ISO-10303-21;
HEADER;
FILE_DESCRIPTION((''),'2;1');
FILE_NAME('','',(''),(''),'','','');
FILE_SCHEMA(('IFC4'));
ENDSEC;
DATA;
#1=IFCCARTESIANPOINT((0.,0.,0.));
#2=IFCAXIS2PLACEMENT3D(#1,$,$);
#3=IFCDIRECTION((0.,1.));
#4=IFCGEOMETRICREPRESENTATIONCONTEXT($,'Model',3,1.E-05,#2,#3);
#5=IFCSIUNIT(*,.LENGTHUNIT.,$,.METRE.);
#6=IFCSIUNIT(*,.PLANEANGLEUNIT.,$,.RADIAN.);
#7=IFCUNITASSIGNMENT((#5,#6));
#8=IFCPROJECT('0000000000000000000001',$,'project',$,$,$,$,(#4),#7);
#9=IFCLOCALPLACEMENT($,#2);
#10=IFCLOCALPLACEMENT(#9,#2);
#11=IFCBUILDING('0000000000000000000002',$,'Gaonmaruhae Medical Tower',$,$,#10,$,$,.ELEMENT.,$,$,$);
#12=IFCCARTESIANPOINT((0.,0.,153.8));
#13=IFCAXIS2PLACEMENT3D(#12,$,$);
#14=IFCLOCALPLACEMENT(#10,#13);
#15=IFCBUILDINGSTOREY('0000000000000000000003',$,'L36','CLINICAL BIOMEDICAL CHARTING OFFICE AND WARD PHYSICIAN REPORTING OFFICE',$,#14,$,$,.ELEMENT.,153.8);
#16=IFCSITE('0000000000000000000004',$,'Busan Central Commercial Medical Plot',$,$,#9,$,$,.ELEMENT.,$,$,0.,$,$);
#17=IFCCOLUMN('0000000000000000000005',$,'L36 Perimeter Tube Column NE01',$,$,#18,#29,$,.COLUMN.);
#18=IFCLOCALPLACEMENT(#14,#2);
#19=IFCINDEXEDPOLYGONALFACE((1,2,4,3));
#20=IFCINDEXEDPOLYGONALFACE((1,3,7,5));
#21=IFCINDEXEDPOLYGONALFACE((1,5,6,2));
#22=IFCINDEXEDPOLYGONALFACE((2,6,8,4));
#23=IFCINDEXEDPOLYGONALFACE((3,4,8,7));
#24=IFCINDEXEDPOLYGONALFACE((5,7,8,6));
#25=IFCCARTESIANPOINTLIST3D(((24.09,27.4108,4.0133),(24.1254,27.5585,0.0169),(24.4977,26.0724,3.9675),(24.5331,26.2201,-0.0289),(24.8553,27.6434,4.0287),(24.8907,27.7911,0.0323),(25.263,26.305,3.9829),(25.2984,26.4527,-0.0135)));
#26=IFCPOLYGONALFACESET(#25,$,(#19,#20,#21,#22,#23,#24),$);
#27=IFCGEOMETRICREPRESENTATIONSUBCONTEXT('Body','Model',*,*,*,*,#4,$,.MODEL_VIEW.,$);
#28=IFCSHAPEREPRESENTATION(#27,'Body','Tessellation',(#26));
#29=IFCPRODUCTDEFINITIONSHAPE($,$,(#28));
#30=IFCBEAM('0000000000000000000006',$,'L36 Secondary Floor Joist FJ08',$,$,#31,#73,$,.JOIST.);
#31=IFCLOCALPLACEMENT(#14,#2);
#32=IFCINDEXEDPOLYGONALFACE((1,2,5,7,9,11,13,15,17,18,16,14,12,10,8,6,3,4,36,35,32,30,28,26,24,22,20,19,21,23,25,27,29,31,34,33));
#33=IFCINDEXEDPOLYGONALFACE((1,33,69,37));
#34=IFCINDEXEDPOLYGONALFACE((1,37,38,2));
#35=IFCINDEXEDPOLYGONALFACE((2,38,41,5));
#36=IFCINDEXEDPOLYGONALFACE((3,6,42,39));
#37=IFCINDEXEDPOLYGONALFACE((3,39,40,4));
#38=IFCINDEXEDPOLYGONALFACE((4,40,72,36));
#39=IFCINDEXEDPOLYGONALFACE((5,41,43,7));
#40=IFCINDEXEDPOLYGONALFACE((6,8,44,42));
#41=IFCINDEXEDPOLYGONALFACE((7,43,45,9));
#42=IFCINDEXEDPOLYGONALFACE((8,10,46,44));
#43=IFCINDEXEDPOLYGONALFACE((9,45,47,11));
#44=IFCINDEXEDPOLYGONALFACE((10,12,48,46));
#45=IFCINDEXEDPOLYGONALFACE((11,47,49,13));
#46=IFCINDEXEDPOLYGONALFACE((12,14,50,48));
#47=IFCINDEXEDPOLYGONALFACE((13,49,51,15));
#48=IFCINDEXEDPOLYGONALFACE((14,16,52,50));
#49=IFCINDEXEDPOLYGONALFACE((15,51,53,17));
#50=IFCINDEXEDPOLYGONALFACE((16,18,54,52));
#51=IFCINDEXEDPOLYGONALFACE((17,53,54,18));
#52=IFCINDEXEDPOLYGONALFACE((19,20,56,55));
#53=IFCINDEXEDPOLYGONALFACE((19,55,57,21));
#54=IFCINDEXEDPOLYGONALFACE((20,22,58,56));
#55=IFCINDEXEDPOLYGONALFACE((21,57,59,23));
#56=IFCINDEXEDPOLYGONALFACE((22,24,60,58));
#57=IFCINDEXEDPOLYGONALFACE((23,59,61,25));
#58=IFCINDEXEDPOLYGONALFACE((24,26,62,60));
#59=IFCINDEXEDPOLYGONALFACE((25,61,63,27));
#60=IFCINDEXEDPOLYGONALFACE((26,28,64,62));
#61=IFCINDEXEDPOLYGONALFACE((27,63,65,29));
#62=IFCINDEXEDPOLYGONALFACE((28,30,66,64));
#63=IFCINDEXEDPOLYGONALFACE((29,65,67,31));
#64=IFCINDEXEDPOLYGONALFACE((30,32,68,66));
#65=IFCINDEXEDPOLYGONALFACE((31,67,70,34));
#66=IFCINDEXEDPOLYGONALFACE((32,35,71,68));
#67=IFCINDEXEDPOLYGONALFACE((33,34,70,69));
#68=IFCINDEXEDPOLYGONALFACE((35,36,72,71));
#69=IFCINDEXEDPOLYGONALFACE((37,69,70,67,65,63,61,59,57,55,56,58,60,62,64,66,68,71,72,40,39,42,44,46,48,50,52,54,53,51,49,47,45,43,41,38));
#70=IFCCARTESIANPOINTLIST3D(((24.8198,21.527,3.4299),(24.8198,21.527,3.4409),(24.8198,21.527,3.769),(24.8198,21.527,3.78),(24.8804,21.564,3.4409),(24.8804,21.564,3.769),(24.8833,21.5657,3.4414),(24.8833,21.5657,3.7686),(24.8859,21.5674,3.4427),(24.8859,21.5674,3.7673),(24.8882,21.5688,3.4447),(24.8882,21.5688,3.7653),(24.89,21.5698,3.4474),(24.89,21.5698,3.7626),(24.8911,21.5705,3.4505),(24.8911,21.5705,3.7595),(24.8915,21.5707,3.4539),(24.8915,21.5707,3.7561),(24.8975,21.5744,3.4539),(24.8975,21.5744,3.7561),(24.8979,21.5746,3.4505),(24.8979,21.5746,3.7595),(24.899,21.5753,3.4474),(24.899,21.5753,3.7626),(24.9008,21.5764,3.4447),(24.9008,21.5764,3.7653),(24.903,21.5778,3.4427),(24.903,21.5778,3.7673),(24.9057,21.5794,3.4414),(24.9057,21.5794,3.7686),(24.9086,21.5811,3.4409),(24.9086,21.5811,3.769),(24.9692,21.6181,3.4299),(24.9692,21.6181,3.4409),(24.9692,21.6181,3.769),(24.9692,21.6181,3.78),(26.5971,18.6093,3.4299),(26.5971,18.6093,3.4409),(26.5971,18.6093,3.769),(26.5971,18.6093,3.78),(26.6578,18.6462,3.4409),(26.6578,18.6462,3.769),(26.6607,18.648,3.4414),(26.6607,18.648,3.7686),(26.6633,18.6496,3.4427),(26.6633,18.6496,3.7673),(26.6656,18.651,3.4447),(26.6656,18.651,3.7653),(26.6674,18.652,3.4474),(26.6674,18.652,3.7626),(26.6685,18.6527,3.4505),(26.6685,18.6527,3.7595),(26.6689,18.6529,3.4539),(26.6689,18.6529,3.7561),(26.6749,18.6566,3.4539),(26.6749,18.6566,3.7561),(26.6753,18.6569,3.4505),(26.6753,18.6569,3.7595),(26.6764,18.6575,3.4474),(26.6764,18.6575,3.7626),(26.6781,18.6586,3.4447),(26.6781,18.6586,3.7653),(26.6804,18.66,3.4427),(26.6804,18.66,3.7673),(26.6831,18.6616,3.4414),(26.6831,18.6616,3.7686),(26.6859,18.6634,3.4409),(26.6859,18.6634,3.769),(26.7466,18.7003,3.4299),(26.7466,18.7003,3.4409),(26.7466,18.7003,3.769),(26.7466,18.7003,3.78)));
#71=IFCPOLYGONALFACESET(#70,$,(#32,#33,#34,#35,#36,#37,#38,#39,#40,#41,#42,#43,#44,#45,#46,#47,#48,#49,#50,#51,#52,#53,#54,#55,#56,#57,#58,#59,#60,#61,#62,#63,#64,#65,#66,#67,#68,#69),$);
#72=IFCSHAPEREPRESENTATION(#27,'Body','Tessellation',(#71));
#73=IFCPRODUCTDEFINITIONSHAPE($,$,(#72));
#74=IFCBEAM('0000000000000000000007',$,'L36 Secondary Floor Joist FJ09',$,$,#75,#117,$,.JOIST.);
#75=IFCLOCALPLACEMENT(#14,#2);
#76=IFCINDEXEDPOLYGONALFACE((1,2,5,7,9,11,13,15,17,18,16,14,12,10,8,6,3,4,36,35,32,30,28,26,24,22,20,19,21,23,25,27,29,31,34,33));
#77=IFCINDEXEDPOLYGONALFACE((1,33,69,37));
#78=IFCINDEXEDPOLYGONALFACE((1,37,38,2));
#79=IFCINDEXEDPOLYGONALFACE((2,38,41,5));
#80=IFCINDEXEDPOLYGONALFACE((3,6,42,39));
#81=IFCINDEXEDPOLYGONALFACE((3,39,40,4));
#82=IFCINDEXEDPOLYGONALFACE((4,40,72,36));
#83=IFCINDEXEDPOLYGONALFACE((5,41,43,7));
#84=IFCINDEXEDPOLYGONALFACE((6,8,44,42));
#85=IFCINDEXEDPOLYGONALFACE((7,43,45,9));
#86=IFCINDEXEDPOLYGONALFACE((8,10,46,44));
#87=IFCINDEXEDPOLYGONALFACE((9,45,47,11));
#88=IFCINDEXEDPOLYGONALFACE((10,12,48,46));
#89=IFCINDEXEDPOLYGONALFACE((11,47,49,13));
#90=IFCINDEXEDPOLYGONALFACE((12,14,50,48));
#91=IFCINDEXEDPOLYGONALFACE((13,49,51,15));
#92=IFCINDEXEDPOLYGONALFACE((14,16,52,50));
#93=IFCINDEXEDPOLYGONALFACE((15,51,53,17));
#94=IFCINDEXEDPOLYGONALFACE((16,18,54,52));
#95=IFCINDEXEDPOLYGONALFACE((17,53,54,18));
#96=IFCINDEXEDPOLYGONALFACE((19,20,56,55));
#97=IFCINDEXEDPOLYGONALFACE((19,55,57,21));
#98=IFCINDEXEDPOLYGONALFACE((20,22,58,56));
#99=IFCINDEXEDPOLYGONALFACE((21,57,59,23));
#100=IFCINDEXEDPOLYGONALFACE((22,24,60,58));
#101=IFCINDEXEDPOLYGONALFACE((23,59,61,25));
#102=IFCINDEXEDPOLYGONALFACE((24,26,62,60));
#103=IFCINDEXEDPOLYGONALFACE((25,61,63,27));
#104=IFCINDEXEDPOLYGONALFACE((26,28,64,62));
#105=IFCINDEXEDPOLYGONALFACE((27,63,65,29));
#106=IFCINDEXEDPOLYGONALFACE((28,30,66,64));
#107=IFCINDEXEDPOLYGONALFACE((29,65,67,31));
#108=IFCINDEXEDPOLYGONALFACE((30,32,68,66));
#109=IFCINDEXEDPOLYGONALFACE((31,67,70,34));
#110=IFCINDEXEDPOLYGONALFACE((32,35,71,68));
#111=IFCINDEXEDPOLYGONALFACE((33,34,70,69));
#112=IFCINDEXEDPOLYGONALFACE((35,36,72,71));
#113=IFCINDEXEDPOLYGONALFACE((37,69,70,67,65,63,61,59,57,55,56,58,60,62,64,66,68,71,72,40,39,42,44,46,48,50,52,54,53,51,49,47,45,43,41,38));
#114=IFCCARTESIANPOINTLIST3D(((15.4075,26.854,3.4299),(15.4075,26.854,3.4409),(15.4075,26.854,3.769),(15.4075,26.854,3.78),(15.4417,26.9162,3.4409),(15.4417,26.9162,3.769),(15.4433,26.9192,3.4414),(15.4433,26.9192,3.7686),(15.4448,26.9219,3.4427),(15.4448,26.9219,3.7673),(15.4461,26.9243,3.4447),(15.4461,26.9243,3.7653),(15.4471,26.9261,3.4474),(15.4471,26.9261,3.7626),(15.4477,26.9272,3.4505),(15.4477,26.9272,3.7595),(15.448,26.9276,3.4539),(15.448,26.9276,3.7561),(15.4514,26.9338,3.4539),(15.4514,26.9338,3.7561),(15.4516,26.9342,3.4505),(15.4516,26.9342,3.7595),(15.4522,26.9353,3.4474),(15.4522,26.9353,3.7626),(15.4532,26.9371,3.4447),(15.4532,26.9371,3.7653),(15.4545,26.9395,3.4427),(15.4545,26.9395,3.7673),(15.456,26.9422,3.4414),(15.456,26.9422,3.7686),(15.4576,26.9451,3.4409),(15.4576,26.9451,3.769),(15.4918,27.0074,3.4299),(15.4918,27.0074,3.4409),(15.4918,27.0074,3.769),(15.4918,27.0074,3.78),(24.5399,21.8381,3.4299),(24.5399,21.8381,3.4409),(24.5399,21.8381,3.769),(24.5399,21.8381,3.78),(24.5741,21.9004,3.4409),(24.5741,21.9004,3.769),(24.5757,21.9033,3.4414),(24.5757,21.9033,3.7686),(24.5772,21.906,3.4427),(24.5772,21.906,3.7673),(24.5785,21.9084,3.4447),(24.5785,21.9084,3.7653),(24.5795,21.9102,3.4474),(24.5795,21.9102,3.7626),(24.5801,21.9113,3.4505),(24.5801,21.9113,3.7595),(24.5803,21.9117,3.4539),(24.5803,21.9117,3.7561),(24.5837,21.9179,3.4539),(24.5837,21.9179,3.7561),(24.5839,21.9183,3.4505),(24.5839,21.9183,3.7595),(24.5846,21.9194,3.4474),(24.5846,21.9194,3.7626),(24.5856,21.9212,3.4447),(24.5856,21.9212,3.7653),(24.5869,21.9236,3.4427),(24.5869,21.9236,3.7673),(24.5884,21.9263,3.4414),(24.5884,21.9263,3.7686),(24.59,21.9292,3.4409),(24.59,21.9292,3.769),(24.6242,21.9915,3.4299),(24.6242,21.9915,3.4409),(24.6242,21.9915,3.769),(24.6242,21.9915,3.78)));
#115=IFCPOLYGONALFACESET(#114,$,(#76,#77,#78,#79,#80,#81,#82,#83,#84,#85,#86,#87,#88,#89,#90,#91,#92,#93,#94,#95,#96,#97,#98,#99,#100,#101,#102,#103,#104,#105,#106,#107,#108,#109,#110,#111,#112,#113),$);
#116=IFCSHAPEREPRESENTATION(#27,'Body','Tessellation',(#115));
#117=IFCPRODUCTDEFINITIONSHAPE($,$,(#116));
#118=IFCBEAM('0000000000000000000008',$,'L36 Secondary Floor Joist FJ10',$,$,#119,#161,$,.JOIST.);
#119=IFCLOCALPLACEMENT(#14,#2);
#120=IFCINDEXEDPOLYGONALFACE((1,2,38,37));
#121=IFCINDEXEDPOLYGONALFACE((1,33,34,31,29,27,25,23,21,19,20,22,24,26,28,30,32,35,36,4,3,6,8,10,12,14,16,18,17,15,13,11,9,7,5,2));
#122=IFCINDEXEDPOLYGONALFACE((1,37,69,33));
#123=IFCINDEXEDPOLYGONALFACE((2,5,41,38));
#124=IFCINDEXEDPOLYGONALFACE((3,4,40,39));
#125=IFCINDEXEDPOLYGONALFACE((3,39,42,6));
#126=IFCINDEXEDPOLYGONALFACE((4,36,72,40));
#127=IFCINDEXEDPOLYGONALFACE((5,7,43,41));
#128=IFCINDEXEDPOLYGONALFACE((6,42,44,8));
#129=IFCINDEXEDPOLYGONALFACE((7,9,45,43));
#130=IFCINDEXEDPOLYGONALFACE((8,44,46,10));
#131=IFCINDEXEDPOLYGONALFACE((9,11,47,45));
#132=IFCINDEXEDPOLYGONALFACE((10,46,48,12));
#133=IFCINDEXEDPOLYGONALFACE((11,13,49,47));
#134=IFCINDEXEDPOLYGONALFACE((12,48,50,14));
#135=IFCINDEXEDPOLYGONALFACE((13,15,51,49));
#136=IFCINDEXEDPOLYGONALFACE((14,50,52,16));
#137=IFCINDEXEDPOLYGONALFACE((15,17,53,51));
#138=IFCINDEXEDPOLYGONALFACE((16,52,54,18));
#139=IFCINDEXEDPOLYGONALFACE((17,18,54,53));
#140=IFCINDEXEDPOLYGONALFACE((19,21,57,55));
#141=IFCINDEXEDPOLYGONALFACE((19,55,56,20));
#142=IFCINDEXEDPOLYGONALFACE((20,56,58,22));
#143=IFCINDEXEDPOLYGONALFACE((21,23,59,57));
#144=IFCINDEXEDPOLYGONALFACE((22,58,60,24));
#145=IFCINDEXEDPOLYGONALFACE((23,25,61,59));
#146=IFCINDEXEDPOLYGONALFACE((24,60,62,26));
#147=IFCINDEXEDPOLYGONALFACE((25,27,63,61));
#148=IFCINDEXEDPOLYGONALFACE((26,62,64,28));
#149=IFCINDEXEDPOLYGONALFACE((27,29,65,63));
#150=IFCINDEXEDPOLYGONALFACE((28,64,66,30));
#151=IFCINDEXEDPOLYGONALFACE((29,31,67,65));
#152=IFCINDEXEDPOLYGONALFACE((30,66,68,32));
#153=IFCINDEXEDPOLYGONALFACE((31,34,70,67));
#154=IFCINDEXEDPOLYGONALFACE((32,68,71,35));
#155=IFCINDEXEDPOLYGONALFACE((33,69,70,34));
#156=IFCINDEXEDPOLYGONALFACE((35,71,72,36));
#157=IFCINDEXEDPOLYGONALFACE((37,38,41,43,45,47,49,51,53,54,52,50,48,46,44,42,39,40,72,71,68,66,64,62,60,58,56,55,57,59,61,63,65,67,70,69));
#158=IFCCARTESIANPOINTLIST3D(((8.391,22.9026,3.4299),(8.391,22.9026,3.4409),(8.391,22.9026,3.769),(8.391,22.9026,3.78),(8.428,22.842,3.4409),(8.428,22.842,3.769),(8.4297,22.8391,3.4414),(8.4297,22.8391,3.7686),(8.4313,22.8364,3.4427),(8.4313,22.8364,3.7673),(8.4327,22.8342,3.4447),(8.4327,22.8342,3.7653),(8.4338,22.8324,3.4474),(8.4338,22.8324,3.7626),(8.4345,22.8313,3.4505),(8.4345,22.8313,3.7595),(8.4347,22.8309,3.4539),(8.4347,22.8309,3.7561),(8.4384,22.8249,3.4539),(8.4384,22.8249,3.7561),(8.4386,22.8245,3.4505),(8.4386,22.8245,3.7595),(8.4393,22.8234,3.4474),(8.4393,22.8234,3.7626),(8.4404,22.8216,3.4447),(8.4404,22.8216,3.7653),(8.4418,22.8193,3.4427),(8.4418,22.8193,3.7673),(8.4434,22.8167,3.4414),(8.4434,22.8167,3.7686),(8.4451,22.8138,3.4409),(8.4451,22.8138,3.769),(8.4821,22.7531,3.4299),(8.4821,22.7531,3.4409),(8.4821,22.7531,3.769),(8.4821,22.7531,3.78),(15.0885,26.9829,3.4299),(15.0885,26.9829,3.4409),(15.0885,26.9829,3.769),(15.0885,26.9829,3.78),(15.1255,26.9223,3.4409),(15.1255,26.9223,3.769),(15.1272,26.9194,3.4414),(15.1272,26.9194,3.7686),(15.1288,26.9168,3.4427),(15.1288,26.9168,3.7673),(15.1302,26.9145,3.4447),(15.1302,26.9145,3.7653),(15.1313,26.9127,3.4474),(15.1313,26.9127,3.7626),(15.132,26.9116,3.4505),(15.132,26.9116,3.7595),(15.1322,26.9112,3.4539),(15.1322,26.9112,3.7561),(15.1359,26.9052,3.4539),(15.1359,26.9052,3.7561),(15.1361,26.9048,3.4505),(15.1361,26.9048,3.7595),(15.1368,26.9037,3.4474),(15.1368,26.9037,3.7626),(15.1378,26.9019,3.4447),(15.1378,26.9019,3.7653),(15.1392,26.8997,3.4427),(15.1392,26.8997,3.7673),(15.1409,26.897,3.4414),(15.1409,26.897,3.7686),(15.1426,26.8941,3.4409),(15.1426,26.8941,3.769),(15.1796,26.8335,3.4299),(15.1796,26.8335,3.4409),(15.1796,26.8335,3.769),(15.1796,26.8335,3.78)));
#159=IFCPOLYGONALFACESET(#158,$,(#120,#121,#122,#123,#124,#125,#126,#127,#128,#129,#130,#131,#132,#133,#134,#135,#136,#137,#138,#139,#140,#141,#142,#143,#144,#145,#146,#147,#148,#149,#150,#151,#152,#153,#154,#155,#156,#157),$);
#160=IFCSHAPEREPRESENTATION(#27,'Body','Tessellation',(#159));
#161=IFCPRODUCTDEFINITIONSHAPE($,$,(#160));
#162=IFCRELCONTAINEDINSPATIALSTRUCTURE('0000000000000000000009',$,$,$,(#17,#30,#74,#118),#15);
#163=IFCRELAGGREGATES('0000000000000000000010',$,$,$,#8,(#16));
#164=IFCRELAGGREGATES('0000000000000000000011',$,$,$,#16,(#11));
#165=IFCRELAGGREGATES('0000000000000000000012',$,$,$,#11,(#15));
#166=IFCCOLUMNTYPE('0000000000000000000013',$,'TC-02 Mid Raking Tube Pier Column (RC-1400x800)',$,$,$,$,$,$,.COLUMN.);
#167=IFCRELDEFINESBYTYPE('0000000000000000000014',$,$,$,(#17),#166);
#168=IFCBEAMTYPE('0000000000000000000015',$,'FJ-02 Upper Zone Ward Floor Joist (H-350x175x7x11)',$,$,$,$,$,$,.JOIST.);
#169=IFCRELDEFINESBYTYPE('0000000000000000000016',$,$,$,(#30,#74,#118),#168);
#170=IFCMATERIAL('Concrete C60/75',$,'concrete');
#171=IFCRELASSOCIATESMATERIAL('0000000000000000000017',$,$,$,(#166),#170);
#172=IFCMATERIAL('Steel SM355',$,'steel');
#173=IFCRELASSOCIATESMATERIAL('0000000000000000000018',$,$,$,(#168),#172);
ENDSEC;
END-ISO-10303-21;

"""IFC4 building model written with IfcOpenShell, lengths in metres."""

from ifc_helpers import new_model, si_unit, direction, frame, origin, origin_2d, place, context, subcontext, project, spatial, rectangle, i_section, extrude, material, material_profile, profile_set, type_object, element, save


model = new_model("IFC4")

# Units and contexts
model_context = context("Model", 3, precision=1e-05, world=origin(), true_north=direction((0.0, 1.0)))
body_context = subcontext(model_context, "Body", "Model", "MODEL_VIEW")
ifc_project = project(units=[si_unit("LENGTHUNIT", "METRE"), si_unit("PLANEANGLEUNIT", "RADIAN")], contexts=[model_context])

# Site, building, storey
site_placement = place(None, origin())
site = spatial("IfcSite", under=ifc_project, at=site_placement, Name="Busan Central Commercial Medical Plot", CompositionType="ELEMENT", RefElevation=0.0)
building_placement = place(site_placement, origin())
building = spatial("IfcBuilding", under=site, at=building_placement, Name="Gaonmaruhae Medical Tower", CompositionType="ELEMENT")
storey_placement = place(building_placement, frame((0.0, 0.0, 153.8)))
storey = spatial("IfcBuildingStorey", under=building, at=storey_placement, Name="L36", Description="CLINICAL BIOMEDICAL CHARTING OFFICE AND WARD PHYSICIAN REPORTING OFFICE", CompositionType="ELEMENT", Elevation=153.8)

# Column
ifc_material_1 = material(Name="Concrete C60/75", Category="concrete")
ifc_material_profile_1 = material_profile(ifc_material_1, rectangle(XDim=1.3999, YDim=0.8, at=origin_2d()), Name="RC-1400x800")
ifc_profile_set_1 = profile_set([ifc_material_profile_1], Name="Concrete C60/75")
column_type = type_object("IfcColumnType", Name="TC-02 Mid Raking Tube Pier Column (RC-1400x800)", PredefinedType="COLUMN", material=ifc_profile_set_1)
column_placement = place(storey_placement, frame((24.7119, 27.0056, 0.0017), z_axis=(-0.008852, -0.036933, 0.999279), x_axis=(-0.291218, 0.956096, 0.032758)))
element("IfcColumn", 1, at=column_placement, inside=storey, type_object=column_type, Name="L36 Perimeter Tube Column NE01", PredefinedType="COLUMN", context=body_context, shape_type="SweptSolid", body=[
    extrude(rectangle(XDim=1.3999, YDim=0.8, at=origin_2d()), origin(), (0.0, 0.0, 1.0), 3.9993),
])

# Beams
ifc_material_2 = material(Name="Steel SM355", Category="steel")
ifc_material_profile_2 = material_profile(ifc_material_2, i_section(OverallWidth=0.175, OverallDepth=0.3501, WebThickness=0.0071, FlangeThickness=0.011, FilletRadius=0.0129, at=origin_2d()), Name="H-350x175x7x11")
ifc_profile_set_2 = profile_set([ifc_material_profile_2], Name="Steel SM355")
beam_type_1 = type_object("IfcBeamType", Name="FJ-02 Upper Zone Ward Floor Joist (H-350x175x7x11)", PredefinedType="JOIST", material=ifc_profile_set_2)
beam_1_placement = place(storey_placement, frame((26.6719, 18.6548, 3.605), z_axis=(-0.520233, 0.854025, 0.0), x_axis=(-0.854025, -0.520233, 0.0)))
element("IfcBeam", 2, at=beam_1_placement, inside=storey, type_object=beam_type_1, Name="L36 Secondary Floor Joist FJ08", PredefinedType="JOIST", context=body_context, shape_type="SweptSolid", body=[
    extrude(i_section(OverallWidth=0.175, OverallDepth=0.3501, WebThickness=0.0071, FlangeThickness=0.011, FilletRadius=0.0129, at=origin_2d()), origin(), (0.0, 0.0, 1.0), 3.4165),
])
beam_2_placement = place(storey_placement, frame((24.582, 21.9148, 3.605), z_axis=(-0.876496, 0.48141, 0.0), x_axis=(-0.48141, -0.876496, 0.0)))
element("IfcBeam", 3, at=beam_2_placement, inside=storey, type_object=beam_type_1, Name="L36 Secondary Floor Joist FJ09", PredefinedType="JOIST", context=body_context, shape_type="SweptSolid", body=[
    extrude(i_section(OverallWidth=0.175, OverallDepth=0.3501, WebThickness=0.0071, FlangeThickness=0.011, FilletRadius=0.0129, at=origin_2d()), origin(), (0.0, 0.0, 1.0), 10.4192),
])
beam_3_placement = place(storey_placement, frame((15.134, 26.9082, 3.605), z_axis=(-0.853996, -0.52028, 0.0), x_axis=(0.52028, -0.853996, 0.0)))
element("IfcBeam", 4, at=beam_3_placement, inside=storey, type_object=beam_type_1, Name="L36 Secondary Floor Joist FJ10", PredefinedType="JOIST", context=body_context, shape_type="SweptSolid", body=[
    extrude(i_section(OverallWidth=0.175, OverallDepth=0.3501, WebThickness=0.0071, FlangeThickness=0.011, FilletRadius=0.0129, at=origin_2d()), origin(), (0.0, 0.0, 1.0), 7.8425),
])

save(model, "model.ifc")
